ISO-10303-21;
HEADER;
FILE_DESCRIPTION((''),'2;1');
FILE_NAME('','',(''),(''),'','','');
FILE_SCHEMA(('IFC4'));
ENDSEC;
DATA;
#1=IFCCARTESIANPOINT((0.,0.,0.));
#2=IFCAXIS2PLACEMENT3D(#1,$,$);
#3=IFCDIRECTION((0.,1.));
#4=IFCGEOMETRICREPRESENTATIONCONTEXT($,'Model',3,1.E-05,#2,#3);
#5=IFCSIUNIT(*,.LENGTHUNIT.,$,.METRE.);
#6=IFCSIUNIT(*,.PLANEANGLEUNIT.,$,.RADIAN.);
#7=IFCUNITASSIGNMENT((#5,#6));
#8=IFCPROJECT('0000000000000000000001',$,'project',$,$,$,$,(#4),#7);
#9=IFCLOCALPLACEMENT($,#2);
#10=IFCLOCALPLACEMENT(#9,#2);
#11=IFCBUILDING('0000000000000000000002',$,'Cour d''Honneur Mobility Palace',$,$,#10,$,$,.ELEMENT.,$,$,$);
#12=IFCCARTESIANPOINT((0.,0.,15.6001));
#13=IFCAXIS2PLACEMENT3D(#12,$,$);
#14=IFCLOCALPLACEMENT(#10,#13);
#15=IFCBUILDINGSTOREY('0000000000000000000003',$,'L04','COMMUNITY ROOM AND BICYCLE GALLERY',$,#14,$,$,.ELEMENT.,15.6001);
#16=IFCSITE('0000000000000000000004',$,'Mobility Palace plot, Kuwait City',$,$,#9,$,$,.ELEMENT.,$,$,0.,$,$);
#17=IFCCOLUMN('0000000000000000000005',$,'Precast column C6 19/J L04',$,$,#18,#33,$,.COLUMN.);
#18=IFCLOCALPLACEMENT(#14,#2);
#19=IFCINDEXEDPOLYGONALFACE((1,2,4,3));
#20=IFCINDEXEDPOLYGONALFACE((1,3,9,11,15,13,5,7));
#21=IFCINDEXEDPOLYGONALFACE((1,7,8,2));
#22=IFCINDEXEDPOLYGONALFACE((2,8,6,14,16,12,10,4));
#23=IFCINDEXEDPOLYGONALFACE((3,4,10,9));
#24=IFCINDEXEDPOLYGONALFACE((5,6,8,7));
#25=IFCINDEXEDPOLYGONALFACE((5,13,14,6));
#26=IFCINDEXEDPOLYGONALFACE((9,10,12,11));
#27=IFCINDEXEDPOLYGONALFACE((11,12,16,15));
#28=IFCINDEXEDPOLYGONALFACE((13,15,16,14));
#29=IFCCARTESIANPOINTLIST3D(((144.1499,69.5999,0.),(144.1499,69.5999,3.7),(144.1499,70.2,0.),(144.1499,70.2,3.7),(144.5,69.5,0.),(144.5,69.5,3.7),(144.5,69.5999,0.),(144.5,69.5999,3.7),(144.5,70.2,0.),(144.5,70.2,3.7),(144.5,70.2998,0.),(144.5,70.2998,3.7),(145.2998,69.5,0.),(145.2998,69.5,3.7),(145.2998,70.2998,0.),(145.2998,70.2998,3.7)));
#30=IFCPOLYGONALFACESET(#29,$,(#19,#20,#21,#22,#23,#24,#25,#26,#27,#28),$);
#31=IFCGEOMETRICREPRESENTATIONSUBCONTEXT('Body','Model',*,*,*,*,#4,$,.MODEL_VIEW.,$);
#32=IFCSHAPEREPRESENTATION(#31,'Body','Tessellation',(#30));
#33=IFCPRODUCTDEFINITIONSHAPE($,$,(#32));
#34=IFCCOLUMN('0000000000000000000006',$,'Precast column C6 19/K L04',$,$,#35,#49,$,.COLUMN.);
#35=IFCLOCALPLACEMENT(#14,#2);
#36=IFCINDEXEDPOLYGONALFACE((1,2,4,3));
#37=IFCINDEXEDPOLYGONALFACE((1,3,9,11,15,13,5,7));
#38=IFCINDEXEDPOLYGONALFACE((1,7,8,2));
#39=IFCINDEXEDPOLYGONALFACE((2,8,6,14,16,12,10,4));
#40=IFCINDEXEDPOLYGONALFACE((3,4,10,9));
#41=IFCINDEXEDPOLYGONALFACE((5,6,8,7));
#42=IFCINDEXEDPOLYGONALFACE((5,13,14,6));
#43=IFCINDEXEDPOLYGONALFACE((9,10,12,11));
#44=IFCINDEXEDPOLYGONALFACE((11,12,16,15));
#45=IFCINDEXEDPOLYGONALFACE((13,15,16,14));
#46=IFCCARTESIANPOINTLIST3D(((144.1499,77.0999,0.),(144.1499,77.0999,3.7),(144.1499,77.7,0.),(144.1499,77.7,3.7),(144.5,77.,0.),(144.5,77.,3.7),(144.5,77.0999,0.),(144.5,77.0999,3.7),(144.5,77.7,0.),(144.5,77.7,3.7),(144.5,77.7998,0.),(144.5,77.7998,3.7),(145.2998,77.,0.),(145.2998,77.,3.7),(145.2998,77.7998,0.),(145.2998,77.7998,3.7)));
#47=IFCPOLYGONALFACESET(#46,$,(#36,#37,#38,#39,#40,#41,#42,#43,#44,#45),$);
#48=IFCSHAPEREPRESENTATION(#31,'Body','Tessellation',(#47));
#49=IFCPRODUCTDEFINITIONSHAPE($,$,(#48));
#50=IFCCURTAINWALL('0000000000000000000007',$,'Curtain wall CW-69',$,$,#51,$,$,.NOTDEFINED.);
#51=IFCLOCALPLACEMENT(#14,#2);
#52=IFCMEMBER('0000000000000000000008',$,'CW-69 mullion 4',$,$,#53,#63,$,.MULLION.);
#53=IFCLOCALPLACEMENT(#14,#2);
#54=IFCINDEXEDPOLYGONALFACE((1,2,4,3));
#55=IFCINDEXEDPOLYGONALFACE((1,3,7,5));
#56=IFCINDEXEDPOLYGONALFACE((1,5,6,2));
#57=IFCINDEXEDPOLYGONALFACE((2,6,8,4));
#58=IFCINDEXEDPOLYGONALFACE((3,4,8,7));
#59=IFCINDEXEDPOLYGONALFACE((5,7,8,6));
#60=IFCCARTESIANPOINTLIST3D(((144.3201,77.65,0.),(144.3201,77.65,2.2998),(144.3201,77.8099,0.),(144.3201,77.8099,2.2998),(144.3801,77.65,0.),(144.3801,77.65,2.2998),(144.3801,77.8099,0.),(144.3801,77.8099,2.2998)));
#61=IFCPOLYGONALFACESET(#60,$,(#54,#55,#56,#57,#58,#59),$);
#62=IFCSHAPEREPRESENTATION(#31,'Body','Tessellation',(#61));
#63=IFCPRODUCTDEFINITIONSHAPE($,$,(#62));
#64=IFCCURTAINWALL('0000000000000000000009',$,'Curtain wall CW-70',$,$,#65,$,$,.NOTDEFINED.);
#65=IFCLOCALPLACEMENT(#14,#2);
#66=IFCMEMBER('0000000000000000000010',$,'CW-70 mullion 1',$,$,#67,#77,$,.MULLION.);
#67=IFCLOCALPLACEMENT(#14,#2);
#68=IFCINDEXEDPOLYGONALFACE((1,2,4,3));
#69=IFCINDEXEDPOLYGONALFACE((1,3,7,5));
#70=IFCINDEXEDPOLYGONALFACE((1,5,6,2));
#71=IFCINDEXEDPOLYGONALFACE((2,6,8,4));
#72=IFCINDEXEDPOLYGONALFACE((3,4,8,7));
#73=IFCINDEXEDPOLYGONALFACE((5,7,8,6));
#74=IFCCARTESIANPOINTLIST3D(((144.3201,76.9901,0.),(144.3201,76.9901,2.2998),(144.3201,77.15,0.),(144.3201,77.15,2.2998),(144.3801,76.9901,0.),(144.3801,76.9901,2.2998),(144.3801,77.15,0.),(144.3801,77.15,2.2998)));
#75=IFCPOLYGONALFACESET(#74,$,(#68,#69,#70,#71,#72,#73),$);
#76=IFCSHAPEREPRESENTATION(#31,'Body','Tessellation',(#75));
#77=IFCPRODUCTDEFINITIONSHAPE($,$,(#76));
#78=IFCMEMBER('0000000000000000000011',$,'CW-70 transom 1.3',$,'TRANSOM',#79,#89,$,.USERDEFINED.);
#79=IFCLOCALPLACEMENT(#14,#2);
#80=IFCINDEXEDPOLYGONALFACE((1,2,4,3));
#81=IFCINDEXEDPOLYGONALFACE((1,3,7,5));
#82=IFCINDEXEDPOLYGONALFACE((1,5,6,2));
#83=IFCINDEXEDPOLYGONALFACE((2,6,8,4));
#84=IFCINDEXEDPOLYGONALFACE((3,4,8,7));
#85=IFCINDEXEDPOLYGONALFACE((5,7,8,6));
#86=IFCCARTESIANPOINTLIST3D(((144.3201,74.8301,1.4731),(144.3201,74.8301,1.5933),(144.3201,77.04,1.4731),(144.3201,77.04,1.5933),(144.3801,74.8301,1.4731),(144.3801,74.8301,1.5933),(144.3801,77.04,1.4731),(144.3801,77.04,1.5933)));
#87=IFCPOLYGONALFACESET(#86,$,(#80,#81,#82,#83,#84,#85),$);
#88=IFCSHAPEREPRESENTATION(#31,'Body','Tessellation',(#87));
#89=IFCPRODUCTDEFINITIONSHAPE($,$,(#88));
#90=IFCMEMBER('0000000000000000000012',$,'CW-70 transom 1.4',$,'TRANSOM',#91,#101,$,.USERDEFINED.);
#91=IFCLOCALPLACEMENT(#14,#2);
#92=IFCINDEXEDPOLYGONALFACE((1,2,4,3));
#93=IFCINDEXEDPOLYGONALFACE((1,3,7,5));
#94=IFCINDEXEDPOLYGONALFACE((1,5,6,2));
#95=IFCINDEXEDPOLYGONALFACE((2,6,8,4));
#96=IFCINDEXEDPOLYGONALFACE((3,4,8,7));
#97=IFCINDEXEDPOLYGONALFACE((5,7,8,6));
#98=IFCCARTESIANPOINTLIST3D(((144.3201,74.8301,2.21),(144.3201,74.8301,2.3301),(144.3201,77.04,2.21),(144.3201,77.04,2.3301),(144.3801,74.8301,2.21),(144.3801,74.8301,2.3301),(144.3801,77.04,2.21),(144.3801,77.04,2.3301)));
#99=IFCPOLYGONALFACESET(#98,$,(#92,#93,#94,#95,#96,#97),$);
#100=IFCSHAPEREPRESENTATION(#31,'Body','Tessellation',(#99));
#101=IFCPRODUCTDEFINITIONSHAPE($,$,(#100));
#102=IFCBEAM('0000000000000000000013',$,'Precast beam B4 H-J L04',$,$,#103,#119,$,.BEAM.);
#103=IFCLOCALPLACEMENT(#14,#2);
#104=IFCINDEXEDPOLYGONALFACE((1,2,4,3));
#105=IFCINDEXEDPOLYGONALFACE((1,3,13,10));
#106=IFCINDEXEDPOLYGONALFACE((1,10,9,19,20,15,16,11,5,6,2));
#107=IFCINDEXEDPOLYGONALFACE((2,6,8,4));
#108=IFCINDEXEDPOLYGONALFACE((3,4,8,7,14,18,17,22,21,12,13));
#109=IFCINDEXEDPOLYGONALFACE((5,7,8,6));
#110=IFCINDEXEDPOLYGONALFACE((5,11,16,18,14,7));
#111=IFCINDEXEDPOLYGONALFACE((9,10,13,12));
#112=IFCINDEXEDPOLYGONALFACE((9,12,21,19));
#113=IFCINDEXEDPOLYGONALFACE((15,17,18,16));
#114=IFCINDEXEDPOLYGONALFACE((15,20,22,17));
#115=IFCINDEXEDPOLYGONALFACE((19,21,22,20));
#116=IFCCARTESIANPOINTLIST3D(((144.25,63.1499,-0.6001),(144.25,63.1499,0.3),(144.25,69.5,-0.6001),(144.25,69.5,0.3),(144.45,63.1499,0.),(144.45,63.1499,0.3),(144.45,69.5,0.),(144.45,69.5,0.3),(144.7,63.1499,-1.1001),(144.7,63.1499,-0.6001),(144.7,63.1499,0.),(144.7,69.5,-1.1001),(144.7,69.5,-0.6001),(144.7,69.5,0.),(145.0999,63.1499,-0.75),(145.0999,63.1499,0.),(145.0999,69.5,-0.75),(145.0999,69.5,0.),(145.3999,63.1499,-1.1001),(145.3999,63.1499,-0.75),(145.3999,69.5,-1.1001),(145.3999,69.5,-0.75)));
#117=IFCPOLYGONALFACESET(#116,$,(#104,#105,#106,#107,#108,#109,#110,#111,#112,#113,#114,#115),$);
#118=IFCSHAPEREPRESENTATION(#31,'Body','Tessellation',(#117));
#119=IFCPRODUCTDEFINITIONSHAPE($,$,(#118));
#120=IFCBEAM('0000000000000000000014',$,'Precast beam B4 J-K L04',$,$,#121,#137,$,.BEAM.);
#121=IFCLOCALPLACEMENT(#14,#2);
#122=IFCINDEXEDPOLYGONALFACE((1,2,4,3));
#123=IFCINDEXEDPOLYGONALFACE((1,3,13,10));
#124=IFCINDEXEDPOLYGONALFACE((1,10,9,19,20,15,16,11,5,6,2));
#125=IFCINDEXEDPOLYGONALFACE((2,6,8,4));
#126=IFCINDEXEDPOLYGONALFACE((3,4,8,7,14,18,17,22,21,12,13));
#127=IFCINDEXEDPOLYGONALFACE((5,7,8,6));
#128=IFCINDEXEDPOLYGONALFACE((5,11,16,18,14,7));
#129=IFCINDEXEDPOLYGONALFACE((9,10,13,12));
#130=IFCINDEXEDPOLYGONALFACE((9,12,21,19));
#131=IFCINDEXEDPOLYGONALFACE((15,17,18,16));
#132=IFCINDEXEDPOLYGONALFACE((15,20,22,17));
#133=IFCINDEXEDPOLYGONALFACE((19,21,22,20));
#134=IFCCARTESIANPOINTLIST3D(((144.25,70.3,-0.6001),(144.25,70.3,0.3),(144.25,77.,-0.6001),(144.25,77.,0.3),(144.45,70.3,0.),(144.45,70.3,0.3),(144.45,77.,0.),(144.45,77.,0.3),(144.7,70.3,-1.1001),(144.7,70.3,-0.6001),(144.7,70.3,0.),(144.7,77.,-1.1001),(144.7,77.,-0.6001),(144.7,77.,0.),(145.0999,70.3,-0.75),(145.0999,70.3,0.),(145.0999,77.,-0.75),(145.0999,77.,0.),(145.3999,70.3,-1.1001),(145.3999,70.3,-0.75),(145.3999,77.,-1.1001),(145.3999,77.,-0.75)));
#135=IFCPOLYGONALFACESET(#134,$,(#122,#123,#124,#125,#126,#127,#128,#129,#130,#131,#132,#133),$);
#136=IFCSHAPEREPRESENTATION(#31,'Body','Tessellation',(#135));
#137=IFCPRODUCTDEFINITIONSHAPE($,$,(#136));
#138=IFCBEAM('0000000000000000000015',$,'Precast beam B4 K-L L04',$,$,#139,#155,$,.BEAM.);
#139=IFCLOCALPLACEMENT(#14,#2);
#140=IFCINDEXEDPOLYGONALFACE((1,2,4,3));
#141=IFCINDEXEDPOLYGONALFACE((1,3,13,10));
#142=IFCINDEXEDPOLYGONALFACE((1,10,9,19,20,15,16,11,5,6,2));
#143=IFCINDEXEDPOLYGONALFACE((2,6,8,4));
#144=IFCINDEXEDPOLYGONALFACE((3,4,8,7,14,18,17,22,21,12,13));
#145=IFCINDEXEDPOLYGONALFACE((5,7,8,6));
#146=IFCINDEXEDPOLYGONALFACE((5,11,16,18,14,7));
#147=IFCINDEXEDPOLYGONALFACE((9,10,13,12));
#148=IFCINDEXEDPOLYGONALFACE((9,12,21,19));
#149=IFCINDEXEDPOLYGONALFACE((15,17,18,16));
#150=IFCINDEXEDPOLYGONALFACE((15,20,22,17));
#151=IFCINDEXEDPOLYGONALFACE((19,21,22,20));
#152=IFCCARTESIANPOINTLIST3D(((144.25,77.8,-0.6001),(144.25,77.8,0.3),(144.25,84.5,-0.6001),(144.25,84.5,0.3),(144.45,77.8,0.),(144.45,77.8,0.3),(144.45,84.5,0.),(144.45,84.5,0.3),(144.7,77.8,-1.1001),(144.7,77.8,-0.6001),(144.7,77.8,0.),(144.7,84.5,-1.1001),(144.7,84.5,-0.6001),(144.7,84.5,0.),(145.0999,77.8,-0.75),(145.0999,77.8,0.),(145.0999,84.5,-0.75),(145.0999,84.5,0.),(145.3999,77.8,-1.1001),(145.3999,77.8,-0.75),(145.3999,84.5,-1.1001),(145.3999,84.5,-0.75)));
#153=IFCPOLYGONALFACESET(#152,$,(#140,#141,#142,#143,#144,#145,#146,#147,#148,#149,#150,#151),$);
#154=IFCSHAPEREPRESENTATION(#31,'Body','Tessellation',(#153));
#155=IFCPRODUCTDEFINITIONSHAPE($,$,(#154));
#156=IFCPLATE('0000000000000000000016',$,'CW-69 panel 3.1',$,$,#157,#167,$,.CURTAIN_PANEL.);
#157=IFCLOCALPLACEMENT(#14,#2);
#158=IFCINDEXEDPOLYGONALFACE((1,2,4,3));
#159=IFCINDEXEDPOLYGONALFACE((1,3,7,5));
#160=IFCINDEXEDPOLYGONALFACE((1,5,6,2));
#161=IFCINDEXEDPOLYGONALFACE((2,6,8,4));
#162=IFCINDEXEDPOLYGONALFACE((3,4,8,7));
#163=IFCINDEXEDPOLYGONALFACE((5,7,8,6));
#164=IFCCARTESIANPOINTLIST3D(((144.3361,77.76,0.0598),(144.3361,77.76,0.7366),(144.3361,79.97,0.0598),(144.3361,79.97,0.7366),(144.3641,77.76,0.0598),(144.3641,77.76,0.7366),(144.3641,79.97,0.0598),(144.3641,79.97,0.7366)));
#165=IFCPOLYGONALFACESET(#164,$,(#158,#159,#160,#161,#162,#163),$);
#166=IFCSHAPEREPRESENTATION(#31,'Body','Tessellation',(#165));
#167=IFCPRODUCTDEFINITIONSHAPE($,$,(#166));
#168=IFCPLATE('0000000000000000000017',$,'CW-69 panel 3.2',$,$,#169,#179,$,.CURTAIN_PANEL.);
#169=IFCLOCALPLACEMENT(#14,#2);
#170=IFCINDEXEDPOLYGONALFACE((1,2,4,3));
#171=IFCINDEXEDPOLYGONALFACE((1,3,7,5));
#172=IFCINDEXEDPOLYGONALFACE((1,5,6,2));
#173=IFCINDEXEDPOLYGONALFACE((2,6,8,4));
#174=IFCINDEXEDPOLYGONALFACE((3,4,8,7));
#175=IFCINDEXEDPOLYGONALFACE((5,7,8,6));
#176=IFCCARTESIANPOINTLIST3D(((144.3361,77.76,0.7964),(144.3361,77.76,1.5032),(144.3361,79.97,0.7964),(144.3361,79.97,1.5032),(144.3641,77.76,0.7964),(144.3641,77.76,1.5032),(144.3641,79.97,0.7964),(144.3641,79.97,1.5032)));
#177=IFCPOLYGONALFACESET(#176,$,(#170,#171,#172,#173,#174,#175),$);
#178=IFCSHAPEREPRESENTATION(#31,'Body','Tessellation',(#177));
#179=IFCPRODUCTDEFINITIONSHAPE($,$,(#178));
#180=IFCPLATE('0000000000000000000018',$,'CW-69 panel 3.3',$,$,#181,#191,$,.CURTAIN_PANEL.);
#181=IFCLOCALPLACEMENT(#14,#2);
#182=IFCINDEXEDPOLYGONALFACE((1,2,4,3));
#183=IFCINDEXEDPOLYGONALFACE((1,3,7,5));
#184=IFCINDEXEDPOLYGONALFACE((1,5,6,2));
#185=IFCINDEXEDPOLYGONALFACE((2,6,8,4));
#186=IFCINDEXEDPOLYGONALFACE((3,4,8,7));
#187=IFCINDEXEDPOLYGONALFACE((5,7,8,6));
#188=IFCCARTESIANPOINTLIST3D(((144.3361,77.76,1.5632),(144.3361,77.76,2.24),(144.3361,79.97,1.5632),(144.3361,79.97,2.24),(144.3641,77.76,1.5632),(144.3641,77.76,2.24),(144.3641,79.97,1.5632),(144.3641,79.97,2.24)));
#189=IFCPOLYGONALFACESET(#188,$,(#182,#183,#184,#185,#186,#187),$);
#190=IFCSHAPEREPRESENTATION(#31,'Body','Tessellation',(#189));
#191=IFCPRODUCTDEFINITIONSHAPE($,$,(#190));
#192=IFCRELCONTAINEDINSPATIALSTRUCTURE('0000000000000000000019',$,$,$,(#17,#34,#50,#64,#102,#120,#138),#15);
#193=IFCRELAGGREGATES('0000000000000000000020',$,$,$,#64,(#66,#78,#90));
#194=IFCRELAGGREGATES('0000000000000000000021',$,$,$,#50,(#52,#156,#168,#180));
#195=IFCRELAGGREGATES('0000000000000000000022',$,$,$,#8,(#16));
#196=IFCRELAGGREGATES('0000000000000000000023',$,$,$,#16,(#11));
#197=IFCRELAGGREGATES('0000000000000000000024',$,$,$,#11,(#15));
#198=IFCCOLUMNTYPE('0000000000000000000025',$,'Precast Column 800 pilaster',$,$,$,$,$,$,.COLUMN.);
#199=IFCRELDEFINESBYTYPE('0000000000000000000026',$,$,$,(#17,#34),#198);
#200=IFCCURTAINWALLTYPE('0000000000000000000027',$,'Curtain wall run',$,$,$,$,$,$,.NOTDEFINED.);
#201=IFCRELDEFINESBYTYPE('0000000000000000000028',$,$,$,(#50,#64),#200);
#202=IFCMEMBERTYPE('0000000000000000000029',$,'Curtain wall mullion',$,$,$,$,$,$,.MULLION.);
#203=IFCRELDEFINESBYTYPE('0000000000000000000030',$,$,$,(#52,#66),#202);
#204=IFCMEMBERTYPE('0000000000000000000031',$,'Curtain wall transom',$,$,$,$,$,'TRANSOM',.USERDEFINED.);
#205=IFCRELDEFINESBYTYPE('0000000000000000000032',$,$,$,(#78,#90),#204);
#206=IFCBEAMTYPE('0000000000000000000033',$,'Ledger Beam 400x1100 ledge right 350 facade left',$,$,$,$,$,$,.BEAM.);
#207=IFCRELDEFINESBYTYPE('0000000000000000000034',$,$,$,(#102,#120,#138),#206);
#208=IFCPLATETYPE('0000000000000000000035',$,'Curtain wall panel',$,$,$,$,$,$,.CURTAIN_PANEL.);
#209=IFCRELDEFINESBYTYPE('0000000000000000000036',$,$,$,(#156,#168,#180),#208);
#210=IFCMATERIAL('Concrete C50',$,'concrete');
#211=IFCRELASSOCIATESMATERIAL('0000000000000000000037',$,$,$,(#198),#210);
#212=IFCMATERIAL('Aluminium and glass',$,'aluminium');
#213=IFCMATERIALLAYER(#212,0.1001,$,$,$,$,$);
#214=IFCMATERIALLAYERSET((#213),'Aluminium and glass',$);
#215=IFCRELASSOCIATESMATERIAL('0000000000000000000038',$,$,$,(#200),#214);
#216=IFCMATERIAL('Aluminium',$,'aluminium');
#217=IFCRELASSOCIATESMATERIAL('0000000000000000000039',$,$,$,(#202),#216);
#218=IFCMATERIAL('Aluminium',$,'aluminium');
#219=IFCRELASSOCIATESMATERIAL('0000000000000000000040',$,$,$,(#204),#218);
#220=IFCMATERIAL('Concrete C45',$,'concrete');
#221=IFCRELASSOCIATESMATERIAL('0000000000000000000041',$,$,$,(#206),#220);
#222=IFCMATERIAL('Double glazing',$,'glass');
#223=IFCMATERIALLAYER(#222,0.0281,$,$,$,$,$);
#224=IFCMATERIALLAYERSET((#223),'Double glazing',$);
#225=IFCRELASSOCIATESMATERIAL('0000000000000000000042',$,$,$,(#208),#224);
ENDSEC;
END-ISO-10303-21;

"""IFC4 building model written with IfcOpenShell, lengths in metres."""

from ifc_helpers import new_model, si_unit, direction, frame, origin, origin_2d, place, context, subcontext, project, spatial, polyline, rectangle, outline, extrude, material, layer, layer_set, material_profile, profile_set, type_object, element, aggregate, save


model = new_model("IFC4")

# Units and contexts
model_context = context("Model", 3, precision=1e-05, world=origin(), true_north=direction((0.0, 1.0)))
body_context = subcontext(model_context, "Body", "Model", "MODEL_VIEW")
ifc_project = project(units=[si_unit("LENGTHUNIT", "METRE"), si_unit("PLANEANGLEUNIT", "RADIAN")], contexts=[model_context])

# Site, building, storey
site_placement = place(None, origin())
site = spatial("IfcSite", under=ifc_project, at=site_placement, Name="Mobility Palace plot, Kuwait City", CompositionType="ELEMENT", RefElevation=0.0)
building_placement = place(site_placement, origin())
building = spatial("IfcBuilding", under=site, at=building_placement, Name="Cour d'Honneur Mobility Palace", CompositionType="ELEMENT")
storey_placement = place(building_placement, frame((0.0, 0.0, 15.6001)))
storey = spatial("IfcBuildingStorey", under=building, at=storey_placement, Name="L04", Description="COMMUNITY ROOM AND BICYCLE GALLERY", CompositionType="ELEMENT", Elevation=15.6001)

# Columns
ifc_material_1 = material(Name="Concrete C50", Category="concrete")
ifc_material_profile_1 = material_profile(ifc_material_1, outline(polyline([(-0.3999, -0.3999), (0.3999, -0.3999), (0.3999, -0.3), (0.75, -0.3), (0.75, 0.3), (0.3999, 0.3), (0.3999, 0.3999), (-0.3999, 0.3999), (-0.3999, -0.3999)])), Name="PC C800 pilaster")
ifc_profile_set_1 = profile_set([ifc_material_profile_1], Name="Concrete C50")
column_type = type_object("IfcColumnType", Name="Precast Column 800 pilaster", PredefinedType="COLUMN", material=ifc_profile_set_1)
for number, where, z_axis, x_axis, name in (
    (1, (144.8999, 69.8999, 0.0), (0.0, 0.0, 1.0), (-1.0, 0.0, 0.0), "Precast column C6 19/J L04"),
    (2, (144.8999, 77.3999, 0.0), (0.0, 0.0, 1.0), (-1.0, 0.0, 0.0), "Precast column C6 19/K L04"),
):
    element("IfcColumn", number, at=place(storey_placement, frame(where, z_axis=z_axis, x_axis=x_axis)), inside=storey, type_object=column_type, Name=name, PredefinedType="COLUMN", context=body_context, shape_type="SweptSolid", body=[
        extrude(outline(polyline([(-0.3999, -0.3999), (0.3999, -0.3999), (0.3999, -0.3), (0.75, -0.3), (0.75, 0.3), (0.3999, 0.3), (0.3999, 0.3999), (-0.3999, 0.3999), (-0.3999, -0.3999)])), origin(), (0.0, 0.0, 1.0), 3.7),
    ])

# Curtain wall, member
ifc_material_2 = material(Name="Aluminium and glass", Category="aluminium")
ifc_layer_1 = layer(ifc_material_2, 0.1001)
ifc_layer_set_1 = layer_set([ifc_layer_1], Name="Aluminium and glass")
curtain_wall_type = type_object("IfcCurtainWallType", Name="Curtain wall run", PredefinedType="NOTDEFINED", material=ifc_layer_set_1)
curtain_wall_1_placement = place(storey_placement, origin())
curtain_wall_1 = element("IfcCurtainWall", 3, at=curtain_wall_1_placement, inside=storey, type_object=curtain_wall_type, Name="Curtain wall CW-69", PredefinedType="NOTDEFINED")
ifc_material_3 = material(Name="Aluminium", Category="aluminium")
ifc_material_profile_2 = material_profile(ifc_material_3, rectangle(XDim=0.0601, YDim=0.1599, at=origin_2d()), Name="Curtain wall mullion")
ifc_profile_set_2 = profile_set([ifc_material_profile_2], Name="Aluminium")
member_type_1 = type_object("IfcMemberType", Name="Curtain wall mullion", PredefinedType="MULLION", material=ifc_profile_set_2)
member_1_placement = place(storey_placement, frame((144.3501, 77.73, 0.0), z_axis=(0.0, 0.0, 1.0), x_axis=(1.0, 0.0, 0.0)))
member_1 = element("IfcMember", 4, at=member_1_placement, type_object=member_type_1, Name="CW-69 mullion 4", PredefinedType="MULLION", context=body_context, shape_type="SweptSolid", body=[
    extrude(rectangle(XDim=0.0601, YDim=0.1599, at=origin_2d()), origin(), (0.0, 0.0, 1.0), 2.2998),
])

# Curtain wall, members
curtain_wall_2_placement = place(storey_placement, origin())
curtain_wall_2 = element("IfcCurtainWall", 5, at=curtain_wall_2_placement, inside=storey, type_object=curtain_wall_type, Name="Curtain wall CW-70", PredefinedType="NOTDEFINED")
member_2_placement = place(storey_placement, frame((144.3501, 77.0701, 0.0), z_axis=(0.0, 0.0, 1.0), x_axis=(1.0, 0.0, 0.0)))
member_2 = element("IfcMember", 6, at=member_2_placement, type_object=member_type_1, Name="CW-70 mullion 1", PredefinedType="MULLION", context=body_context, shape_type="SweptSolid", body=[
    extrude(rectangle(XDim=0.0601, YDim=0.1599, at=origin_2d()), origin(), (0.0, 0.0, 1.0), 2.2998),
])
ifc_material_4 = material(Name="Aluminium", Category="aluminium")
ifc_material_profile_3 = material_profile(ifc_material_4, rectangle(XDim=0.0601, YDim=0.1201, at=origin_2d()), Name="Curtain wall transom")
ifc_profile_set_3 = profile_set([ifc_material_profile_3], Name="Aluminium")
member_type_2 = type_object("IfcMemberType", Name="Curtain wall transom", ElementType="TRANSOM", PredefinedType="USERDEFINED", material=ifc_profile_set_3)
member_3_placement = place(storey_placement, frame((144.3501, 77.04, 1.5332), z_axis=(0.0, -1.0, 0.0), x_axis=(1.0, 0.0, 0.0)))
member_3 = element("IfcMember", 7, at=member_3_placement, type_object=member_type_2, Name="CW-70 transom 1.3", ObjectType="TRANSOM", PredefinedType="USERDEFINED", context=body_context, shape_type="SweptSolid", body=[
    extrude(rectangle(XDim=0.0601, YDim=0.1201, at=origin_2d()), origin(), (0.0, 0.0, 1.0), 2.21),
])
member_4_placement = place(storey_placement, frame((144.3501, 77.04, 2.27), z_axis=(0.0, -1.0, 0.0), x_axis=(1.0, 0.0, 0.0)))
member_4 = element("IfcMember", 8, at=member_4_placement, type_object=member_type_2, Name="CW-70 transom 1.4", ObjectType="TRANSOM", PredefinedType="USERDEFINED", context=body_context, shape_type="SweptSolid", body=[
    extrude(rectangle(XDim=0.0601, YDim=0.1201, at=origin_2d()), origin(), (0.0, 0.0, 1.0), 2.21),
])
aggregate(curtain_wall_2, [member_2, member_3, member_4])

# Beams
ifc_material_5 = material(Name="Concrete C45", Category="concrete")
ifc_material_profile_4 = material_profile(ifc_material_5, outline(polyline([(0.2, -1.1001), (0.2, -0.6001), (0.6499, -0.6001), (0.6499, 0.3), (0.45, 0.3), (0.45, 0.0), (0.2, 0.0), (-0.2, 0.0), (-0.2, -0.75), (-0.5, -0.75), (-0.5, -1.1001), (0.2, -1.1001)])), Name="Ledger Beam 400x1100 ledge right 350 facade left")
ifc_profile_set_4 = profile_set([ifc_material_profile_4], Name="Concrete C45")
beam_type = type_object("IfcBeamType", Name="Ledger Beam 400x1100 ledge right 350 facade left", PredefinedType="BEAM", material=ifc_profile_set_4)
beam_placement = place(storey_placement, frame((144.8999, 63.1499, 0.0), z_axis=(0.0, 1.0, 0.0), x_axis=(-1.0, 0.0, 0.0)))
element("IfcBeam", 9, at=beam_placement, inside=storey, type_object=beam_type, Name="Precast beam B4 H-J L04", PredefinedType="BEAM", context=body_context, shape_type="SweptSolid", body=[
    extrude(outline(polyline([(0.2, -1.1001), (0.2, -0.6001), (0.6499, -0.6001), (0.6499, 0.3), (0.45, 0.3), (0.45, 0.0), (0.2, 0.0), (-0.2, 0.0), (-0.2, -0.75), (-0.5, -0.75), (-0.5, -1.1001), (0.2, -1.1001)])), origin(), (0.0, 0.0, 1.0), 6.3501),
])
for number, where, z_axis, x_axis, name in (
    (10, (144.8999, 70.3, 0.0), (0.0, 1.0, 0.0), (-1.0, 0.0, 0.0), "Precast beam B4 J-K L04"),
    (11, (144.8999, 77.8, 0.0), (0.0, 1.0, 0.0), (-1.0, 0.0, 0.0), "Precast beam B4 K-L L04"),
):
    element("IfcBeam", number, at=place(storey_placement, frame(where, z_axis=z_axis, x_axis=x_axis)), inside=storey, type_object=beam_type, Name=name, PredefinedType="BEAM", context=body_context, shape_type="SweptSolid", body=[
        extrude(outline(polyline([(0.2, -1.1001), (0.2, -0.6001), (0.6499, -0.6001), (0.6499, 0.3), (0.45, 0.3), (0.45, 0.0), (0.2, 0.0), (-0.2, 0.0), (-0.2, -0.75), (-0.5, -0.75), (-0.5, -1.1001), (0.2, -1.1001)])), origin(), (0.0, 0.0, 1.0), 6.7),
    ])

# Plates
ifc_material_6 = material(Name="Double glazing", Category="glass")
ifc_layer_2 = layer(ifc_material_6, 0.0281)
ifc_layer_set_2 = layer_set([ifc_layer_2], Name="Double glazing")
plate_type = type_object("IfcPlateType", Name="Curtain wall panel", PredefinedType="CURTAIN_PANEL", material=ifc_layer_set_2)
plate_1_placement = place(storey_placement, frame((144.3501, 78.865, 0.0598), z_axis=(0.0, 0.0, 1.0), x_axis=(0.0, -1.0, 0.0)))
plate_1 = element("IfcPlate", 12, at=plate_1_placement, type_object=plate_type, Name="CW-69 panel 3.1", PredefinedType="CURTAIN_PANEL", context=body_context, shape_type="SweptSolid", body=[
    extrude(rectangle(XDim=2.21, YDim=0.0281, at=origin_2d()), origin(), (0.0, 0.0, 1.0), 0.6768),
])
plate_2_placement = place(storey_placement, frame((144.3501, 78.865, 0.7964), z_axis=(0.0, 0.0, 1.0), x_axis=(0.0, -1.0, 0.0)))
plate_2 = element("IfcPlate", 13, at=plate_2_placement, type_object=plate_type, Name="CW-69 panel 3.2", PredefinedType="CURTAIN_PANEL", context=body_context, shape_type="SweptSolid", body=[
    extrude(rectangle(XDim=2.21, YDim=0.0281, at=origin_2d()), origin(), (0.0, 0.0, 1.0), 0.7068),
])
plate_3_placement = place(storey_placement, frame((144.3501, 78.865, 1.5632), z_axis=(0.0, 0.0, 1.0), x_axis=(0.0, -1.0, 0.0)))
plate_3 = element("IfcPlate", 14, at=plate_3_placement, type_object=plate_type, Name="CW-69 panel 3.3", PredefinedType="CURTAIN_PANEL", context=body_context, shape_type="SweptSolid", body=[
    extrude(rectangle(XDim=2.21, YDim=0.0281, at=origin_2d()), origin(), (0.0, 0.0, 1.0), 0.6768),
])
aggregate(curtain_wall_1, [member_1, plate_1, plate_2, plate_3])

save(model, "model.ifc")
